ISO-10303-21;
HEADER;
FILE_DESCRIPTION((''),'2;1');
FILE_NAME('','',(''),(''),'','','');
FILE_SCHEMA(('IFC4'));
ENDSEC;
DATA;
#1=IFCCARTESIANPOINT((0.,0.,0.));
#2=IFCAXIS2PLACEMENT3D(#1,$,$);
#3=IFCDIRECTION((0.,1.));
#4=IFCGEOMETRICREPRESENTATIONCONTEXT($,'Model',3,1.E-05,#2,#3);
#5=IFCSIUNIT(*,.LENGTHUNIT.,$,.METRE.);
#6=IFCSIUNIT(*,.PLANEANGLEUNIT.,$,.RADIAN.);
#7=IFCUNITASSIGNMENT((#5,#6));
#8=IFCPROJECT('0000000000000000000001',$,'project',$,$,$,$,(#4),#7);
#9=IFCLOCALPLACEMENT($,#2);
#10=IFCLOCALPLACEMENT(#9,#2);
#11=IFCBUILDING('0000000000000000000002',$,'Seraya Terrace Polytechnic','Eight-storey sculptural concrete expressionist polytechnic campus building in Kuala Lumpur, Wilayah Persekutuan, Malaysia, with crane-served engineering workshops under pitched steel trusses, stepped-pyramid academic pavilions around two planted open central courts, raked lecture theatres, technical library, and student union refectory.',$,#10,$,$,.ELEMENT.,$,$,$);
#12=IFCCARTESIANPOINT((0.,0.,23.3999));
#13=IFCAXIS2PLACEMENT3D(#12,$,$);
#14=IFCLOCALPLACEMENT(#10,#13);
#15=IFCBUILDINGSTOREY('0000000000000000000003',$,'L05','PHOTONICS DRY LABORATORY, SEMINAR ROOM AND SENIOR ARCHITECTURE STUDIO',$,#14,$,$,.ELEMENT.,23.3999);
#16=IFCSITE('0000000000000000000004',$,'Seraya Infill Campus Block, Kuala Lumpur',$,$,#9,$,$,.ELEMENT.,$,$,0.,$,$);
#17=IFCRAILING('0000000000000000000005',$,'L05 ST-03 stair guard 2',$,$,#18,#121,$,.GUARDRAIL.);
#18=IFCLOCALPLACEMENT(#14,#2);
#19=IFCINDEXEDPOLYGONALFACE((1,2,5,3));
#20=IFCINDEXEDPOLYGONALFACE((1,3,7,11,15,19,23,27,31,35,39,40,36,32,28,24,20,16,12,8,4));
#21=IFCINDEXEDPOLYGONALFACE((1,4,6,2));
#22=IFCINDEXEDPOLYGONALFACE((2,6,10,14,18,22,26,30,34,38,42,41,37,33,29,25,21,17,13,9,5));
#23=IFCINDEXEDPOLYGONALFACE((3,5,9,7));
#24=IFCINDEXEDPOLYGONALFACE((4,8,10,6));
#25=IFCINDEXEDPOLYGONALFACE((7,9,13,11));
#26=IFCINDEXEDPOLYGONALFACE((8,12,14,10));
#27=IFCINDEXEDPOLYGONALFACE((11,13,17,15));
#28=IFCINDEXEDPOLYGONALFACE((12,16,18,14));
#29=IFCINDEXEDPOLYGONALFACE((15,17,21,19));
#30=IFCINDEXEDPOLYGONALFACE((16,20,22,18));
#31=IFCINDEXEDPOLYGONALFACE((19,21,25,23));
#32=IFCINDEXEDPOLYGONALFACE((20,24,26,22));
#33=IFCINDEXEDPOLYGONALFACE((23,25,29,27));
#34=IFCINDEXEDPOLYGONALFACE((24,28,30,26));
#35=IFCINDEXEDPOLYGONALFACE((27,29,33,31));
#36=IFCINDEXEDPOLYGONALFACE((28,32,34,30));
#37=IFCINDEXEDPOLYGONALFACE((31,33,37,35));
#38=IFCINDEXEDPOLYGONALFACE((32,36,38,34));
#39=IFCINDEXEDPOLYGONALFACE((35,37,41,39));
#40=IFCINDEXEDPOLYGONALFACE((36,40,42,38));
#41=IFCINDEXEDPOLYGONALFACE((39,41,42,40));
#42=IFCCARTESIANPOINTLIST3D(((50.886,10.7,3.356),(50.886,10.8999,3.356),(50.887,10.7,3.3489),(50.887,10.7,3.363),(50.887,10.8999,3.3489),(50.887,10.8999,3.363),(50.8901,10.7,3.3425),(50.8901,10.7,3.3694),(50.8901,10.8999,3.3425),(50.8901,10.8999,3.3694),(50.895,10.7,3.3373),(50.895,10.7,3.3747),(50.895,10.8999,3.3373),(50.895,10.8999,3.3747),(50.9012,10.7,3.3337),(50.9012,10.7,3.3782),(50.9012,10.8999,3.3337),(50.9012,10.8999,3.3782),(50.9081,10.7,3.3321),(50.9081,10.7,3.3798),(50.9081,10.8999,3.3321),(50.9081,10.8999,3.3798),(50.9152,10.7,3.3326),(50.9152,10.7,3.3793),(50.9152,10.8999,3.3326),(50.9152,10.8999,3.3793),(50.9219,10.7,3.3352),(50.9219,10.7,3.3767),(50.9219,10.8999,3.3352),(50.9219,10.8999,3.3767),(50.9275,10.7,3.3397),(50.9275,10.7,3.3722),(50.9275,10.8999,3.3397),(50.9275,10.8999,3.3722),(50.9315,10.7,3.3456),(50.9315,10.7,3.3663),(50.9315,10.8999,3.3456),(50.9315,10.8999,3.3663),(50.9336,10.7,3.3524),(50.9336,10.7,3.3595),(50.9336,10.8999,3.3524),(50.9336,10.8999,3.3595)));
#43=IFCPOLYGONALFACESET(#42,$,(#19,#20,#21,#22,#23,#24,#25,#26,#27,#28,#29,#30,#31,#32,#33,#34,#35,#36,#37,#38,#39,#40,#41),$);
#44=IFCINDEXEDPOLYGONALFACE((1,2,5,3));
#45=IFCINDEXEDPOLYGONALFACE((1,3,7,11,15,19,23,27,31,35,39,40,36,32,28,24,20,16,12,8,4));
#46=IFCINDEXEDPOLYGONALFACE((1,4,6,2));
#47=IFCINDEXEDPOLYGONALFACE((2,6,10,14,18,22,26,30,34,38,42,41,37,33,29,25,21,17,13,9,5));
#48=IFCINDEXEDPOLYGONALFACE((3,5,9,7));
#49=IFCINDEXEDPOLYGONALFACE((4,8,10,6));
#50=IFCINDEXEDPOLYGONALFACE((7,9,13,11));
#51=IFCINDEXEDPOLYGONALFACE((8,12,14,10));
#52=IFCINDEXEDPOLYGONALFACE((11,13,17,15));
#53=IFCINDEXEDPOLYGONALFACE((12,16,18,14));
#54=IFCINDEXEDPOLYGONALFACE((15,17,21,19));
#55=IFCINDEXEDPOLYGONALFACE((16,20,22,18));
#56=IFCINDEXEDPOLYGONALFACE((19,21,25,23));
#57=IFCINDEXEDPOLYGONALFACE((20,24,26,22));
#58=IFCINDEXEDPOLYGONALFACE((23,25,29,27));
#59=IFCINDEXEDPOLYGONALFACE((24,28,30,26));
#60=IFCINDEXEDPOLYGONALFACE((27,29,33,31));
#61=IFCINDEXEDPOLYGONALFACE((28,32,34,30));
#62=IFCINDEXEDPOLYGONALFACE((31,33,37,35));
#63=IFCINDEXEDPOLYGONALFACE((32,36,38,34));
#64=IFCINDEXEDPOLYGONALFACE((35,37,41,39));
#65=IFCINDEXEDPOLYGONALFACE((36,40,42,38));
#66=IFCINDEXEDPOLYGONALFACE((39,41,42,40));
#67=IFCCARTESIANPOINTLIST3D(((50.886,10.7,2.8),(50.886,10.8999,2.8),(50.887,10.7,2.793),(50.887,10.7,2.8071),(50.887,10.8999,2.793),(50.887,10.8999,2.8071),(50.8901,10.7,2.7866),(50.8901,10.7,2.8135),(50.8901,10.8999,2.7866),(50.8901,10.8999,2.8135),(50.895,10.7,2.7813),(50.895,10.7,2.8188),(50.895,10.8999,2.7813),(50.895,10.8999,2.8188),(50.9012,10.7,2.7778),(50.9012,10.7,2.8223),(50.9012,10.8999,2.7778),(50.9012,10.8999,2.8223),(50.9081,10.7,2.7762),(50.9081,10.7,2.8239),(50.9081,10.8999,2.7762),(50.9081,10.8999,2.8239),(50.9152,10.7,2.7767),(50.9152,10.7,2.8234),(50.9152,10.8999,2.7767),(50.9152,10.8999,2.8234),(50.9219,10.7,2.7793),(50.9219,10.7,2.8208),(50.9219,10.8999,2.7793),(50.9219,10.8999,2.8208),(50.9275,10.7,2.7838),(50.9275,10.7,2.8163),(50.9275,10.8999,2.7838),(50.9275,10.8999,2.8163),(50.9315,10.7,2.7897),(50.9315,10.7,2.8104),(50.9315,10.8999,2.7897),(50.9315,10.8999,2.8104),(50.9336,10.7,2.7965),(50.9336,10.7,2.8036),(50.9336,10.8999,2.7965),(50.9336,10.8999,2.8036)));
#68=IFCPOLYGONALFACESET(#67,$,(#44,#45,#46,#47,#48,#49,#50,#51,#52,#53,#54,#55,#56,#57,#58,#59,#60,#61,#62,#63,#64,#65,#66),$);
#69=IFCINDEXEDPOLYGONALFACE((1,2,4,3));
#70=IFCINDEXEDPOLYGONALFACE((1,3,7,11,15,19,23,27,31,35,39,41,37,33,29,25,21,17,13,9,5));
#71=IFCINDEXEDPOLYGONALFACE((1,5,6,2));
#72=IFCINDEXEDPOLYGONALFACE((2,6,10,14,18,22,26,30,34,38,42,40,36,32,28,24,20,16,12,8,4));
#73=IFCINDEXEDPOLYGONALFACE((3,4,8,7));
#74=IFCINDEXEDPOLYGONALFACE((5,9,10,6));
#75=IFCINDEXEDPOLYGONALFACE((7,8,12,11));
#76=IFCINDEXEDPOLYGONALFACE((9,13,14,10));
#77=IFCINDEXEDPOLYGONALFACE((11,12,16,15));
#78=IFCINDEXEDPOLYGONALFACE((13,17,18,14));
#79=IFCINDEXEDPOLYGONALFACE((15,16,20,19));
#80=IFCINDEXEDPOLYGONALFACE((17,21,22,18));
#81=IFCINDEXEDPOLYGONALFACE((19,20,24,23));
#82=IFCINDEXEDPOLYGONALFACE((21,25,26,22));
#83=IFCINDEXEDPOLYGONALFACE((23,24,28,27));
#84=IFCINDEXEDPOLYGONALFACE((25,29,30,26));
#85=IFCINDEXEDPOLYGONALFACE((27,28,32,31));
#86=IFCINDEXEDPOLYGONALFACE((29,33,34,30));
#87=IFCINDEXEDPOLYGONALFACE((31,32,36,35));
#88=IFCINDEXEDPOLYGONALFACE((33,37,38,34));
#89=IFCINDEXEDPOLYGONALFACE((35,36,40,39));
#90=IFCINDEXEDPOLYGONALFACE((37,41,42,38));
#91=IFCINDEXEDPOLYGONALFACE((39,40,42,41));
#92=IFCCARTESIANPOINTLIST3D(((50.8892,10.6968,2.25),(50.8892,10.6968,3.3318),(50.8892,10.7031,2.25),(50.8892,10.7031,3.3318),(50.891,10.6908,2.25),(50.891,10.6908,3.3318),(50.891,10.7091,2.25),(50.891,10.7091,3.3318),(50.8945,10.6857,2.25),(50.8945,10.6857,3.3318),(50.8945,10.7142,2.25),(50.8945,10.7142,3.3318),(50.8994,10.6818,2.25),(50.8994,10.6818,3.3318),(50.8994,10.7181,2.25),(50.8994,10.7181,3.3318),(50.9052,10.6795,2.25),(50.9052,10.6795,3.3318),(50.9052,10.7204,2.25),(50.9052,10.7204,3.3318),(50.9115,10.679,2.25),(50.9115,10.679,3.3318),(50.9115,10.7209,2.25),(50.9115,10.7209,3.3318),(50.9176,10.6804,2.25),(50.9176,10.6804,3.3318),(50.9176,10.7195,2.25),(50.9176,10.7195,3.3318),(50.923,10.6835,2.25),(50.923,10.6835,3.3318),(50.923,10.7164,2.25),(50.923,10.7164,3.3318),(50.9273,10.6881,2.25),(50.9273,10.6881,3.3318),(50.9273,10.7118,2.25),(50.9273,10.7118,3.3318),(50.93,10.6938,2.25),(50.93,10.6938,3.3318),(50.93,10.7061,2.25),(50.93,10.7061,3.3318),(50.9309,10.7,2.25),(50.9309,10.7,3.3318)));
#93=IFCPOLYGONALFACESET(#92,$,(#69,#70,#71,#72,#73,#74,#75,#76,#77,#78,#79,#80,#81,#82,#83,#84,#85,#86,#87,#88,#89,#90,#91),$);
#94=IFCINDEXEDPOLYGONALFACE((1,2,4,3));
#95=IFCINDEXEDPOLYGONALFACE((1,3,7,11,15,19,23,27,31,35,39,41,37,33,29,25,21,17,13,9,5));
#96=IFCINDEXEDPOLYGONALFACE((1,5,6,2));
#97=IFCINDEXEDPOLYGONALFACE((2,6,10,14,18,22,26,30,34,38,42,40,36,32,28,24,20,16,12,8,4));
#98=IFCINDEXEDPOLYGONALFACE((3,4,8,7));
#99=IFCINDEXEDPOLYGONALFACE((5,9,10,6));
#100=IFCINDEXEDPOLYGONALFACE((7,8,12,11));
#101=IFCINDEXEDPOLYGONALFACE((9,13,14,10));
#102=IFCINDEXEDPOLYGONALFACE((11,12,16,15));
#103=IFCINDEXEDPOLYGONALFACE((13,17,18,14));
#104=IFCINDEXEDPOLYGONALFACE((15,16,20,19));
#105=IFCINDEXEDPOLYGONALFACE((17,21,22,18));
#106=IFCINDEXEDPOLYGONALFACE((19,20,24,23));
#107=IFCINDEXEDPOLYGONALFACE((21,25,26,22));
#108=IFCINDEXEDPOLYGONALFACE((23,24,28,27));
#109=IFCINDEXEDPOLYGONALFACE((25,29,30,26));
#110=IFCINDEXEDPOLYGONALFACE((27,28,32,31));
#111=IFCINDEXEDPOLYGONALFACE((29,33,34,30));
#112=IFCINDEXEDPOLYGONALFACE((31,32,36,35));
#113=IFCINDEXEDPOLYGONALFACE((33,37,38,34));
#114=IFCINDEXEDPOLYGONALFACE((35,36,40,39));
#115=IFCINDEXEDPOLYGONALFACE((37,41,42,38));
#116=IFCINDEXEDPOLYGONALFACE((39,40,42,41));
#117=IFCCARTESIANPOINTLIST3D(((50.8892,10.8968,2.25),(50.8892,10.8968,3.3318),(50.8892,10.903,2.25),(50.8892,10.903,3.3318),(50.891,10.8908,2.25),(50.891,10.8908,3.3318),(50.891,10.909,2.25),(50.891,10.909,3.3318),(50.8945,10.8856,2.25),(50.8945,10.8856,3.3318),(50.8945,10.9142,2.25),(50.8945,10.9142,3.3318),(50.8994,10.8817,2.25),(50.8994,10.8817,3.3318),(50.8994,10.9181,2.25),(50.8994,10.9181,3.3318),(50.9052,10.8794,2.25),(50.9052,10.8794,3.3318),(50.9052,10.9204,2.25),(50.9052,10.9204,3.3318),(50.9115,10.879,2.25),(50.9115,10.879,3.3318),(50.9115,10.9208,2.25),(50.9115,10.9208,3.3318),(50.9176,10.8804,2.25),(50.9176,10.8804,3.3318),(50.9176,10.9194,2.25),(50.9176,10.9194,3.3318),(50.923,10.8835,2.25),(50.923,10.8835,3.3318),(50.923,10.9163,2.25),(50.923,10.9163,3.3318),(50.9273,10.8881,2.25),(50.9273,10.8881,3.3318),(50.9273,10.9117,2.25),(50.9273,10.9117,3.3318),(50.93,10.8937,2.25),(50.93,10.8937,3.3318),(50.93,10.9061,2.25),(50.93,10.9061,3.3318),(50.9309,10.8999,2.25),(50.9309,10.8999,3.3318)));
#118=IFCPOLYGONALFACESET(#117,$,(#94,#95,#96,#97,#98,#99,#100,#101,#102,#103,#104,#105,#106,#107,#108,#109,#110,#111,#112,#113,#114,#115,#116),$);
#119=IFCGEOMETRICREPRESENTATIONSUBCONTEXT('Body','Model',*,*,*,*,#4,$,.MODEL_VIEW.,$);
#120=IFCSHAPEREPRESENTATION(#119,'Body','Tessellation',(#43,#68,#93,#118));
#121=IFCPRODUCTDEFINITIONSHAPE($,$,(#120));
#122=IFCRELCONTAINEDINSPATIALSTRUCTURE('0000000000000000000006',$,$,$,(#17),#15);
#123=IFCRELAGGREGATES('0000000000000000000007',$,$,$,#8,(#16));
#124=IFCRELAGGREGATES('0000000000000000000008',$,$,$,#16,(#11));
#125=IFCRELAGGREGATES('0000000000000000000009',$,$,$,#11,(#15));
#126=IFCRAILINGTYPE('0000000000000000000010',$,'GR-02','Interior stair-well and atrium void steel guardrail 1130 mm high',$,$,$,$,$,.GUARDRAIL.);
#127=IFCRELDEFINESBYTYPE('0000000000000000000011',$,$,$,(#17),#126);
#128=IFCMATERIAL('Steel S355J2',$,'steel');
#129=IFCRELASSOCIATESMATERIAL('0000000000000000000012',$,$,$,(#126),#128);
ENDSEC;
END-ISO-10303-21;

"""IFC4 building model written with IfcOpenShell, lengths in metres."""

from ifc_helpers import new_model, si_unit, direction, frame, origin, origin_2d, place, context, subcontext, project, spatial, circle, extrude, material, type_object, element, save


model = new_model("IFC4")

# Units and contexts
model_context = context("Model", 3, precision=1e-05, world=origin(), true_north=direction((0.0, 1.0)))
body_context = subcontext(model_context, "Body", "Model", "MODEL_VIEW")
ifc_project = project(units=[si_unit("LENGTHUNIT", "METRE"), si_unit("PLANEANGLEUNIT", "RADIAN")], contexts=[model_context])

# Site, building, storey
site_placement = place(None, origin())
site = spatial("IfcSite", under=ifc_project, at=site_placement, Name="Seraya Infill Campus Block, Kuala Lumpur", CompositionType="ELEMENT", RefElevation=0.0)
building_placement = place(site_placement, origin())
building = spatial("IfcBuilding", under=site, at=building_placement, Name="Seraya Terrace Polytechnic", Description="Eight-storey sculptural concrete expressionist polytechnic campus building in Kuala Lumpur, Wilayah Persekutuan, Malaysia, with crane-served engineering workshops under pitched steel trusses, stepped-pyramid academic pavilions around two planted open central courts, raked lecture theatres, technical library, and student union refectory.", CompositionType="ELEMENT")
storey_placement = place(building_placement, frame((0.0, 0.0, 23.3999)))
storey = spatial("IfcBuildingStorey", under=building, at=storey_placement, Name="L05", Description="PHOTONICS DRY LABORATORY, SEMINAR ROOM AND SENIOR ARCHITECTURE STUDIO", CompositionType="ELEMENT", Elevation=23.3999)

# Shared definitions
ifc_material_1 = material(Name="Steel S355J2", Category="steel")

# Railing
railing_type_1 = type_object("IfcRailingType", Name="GR-02", Description="Interior stair-well and atrium void steel guardrail 1130 mm high", PredefinedType="GUARDRAIL", material=ifc_material_1)
railing_1_placement = place(storey_placement, frame((50.9099, 10.7, 2.25)))
element("IfcRailing", 1, at=railing_1_placement, inside=storey, type_object=railing_type_1, Name="L05 ST-03 stair guard 2", PredefinedType="GUARDRAIL", context=body_context, shape_type="SweptSolid", body=[
    extrude(circle(Radius=0.0239, at=origin_2d()), frame((0.0, 0.0, 1.106), z_axis=(0.0, 1.0, 0.0), x_axis=(-1.0, 0.0, 0.0)), (0.0, 0.0, 1.0), 0.2),
    extrude(circle(Radius=0.0239, at=origin_2d()), frame((0.0, 0.0, 0.55), z_axis=(0.0, 1.0, 0.0), x_axis=(-1.0, 0.0, 0.0)), (0.0, 0.0, 1.0), 0.2),
    extrude(circle(Radius=0.021, at=origin_2d()), origin(), (0.0, 0.0, 1.0), 1.0818),
    extrude(circle(Radius=0.021, at=origin_2d()), frame((0.0, 0.2, 0.0)), (0.0, 0.0, 1.0), 1.0818),
])

save(model, "model.ifc")
